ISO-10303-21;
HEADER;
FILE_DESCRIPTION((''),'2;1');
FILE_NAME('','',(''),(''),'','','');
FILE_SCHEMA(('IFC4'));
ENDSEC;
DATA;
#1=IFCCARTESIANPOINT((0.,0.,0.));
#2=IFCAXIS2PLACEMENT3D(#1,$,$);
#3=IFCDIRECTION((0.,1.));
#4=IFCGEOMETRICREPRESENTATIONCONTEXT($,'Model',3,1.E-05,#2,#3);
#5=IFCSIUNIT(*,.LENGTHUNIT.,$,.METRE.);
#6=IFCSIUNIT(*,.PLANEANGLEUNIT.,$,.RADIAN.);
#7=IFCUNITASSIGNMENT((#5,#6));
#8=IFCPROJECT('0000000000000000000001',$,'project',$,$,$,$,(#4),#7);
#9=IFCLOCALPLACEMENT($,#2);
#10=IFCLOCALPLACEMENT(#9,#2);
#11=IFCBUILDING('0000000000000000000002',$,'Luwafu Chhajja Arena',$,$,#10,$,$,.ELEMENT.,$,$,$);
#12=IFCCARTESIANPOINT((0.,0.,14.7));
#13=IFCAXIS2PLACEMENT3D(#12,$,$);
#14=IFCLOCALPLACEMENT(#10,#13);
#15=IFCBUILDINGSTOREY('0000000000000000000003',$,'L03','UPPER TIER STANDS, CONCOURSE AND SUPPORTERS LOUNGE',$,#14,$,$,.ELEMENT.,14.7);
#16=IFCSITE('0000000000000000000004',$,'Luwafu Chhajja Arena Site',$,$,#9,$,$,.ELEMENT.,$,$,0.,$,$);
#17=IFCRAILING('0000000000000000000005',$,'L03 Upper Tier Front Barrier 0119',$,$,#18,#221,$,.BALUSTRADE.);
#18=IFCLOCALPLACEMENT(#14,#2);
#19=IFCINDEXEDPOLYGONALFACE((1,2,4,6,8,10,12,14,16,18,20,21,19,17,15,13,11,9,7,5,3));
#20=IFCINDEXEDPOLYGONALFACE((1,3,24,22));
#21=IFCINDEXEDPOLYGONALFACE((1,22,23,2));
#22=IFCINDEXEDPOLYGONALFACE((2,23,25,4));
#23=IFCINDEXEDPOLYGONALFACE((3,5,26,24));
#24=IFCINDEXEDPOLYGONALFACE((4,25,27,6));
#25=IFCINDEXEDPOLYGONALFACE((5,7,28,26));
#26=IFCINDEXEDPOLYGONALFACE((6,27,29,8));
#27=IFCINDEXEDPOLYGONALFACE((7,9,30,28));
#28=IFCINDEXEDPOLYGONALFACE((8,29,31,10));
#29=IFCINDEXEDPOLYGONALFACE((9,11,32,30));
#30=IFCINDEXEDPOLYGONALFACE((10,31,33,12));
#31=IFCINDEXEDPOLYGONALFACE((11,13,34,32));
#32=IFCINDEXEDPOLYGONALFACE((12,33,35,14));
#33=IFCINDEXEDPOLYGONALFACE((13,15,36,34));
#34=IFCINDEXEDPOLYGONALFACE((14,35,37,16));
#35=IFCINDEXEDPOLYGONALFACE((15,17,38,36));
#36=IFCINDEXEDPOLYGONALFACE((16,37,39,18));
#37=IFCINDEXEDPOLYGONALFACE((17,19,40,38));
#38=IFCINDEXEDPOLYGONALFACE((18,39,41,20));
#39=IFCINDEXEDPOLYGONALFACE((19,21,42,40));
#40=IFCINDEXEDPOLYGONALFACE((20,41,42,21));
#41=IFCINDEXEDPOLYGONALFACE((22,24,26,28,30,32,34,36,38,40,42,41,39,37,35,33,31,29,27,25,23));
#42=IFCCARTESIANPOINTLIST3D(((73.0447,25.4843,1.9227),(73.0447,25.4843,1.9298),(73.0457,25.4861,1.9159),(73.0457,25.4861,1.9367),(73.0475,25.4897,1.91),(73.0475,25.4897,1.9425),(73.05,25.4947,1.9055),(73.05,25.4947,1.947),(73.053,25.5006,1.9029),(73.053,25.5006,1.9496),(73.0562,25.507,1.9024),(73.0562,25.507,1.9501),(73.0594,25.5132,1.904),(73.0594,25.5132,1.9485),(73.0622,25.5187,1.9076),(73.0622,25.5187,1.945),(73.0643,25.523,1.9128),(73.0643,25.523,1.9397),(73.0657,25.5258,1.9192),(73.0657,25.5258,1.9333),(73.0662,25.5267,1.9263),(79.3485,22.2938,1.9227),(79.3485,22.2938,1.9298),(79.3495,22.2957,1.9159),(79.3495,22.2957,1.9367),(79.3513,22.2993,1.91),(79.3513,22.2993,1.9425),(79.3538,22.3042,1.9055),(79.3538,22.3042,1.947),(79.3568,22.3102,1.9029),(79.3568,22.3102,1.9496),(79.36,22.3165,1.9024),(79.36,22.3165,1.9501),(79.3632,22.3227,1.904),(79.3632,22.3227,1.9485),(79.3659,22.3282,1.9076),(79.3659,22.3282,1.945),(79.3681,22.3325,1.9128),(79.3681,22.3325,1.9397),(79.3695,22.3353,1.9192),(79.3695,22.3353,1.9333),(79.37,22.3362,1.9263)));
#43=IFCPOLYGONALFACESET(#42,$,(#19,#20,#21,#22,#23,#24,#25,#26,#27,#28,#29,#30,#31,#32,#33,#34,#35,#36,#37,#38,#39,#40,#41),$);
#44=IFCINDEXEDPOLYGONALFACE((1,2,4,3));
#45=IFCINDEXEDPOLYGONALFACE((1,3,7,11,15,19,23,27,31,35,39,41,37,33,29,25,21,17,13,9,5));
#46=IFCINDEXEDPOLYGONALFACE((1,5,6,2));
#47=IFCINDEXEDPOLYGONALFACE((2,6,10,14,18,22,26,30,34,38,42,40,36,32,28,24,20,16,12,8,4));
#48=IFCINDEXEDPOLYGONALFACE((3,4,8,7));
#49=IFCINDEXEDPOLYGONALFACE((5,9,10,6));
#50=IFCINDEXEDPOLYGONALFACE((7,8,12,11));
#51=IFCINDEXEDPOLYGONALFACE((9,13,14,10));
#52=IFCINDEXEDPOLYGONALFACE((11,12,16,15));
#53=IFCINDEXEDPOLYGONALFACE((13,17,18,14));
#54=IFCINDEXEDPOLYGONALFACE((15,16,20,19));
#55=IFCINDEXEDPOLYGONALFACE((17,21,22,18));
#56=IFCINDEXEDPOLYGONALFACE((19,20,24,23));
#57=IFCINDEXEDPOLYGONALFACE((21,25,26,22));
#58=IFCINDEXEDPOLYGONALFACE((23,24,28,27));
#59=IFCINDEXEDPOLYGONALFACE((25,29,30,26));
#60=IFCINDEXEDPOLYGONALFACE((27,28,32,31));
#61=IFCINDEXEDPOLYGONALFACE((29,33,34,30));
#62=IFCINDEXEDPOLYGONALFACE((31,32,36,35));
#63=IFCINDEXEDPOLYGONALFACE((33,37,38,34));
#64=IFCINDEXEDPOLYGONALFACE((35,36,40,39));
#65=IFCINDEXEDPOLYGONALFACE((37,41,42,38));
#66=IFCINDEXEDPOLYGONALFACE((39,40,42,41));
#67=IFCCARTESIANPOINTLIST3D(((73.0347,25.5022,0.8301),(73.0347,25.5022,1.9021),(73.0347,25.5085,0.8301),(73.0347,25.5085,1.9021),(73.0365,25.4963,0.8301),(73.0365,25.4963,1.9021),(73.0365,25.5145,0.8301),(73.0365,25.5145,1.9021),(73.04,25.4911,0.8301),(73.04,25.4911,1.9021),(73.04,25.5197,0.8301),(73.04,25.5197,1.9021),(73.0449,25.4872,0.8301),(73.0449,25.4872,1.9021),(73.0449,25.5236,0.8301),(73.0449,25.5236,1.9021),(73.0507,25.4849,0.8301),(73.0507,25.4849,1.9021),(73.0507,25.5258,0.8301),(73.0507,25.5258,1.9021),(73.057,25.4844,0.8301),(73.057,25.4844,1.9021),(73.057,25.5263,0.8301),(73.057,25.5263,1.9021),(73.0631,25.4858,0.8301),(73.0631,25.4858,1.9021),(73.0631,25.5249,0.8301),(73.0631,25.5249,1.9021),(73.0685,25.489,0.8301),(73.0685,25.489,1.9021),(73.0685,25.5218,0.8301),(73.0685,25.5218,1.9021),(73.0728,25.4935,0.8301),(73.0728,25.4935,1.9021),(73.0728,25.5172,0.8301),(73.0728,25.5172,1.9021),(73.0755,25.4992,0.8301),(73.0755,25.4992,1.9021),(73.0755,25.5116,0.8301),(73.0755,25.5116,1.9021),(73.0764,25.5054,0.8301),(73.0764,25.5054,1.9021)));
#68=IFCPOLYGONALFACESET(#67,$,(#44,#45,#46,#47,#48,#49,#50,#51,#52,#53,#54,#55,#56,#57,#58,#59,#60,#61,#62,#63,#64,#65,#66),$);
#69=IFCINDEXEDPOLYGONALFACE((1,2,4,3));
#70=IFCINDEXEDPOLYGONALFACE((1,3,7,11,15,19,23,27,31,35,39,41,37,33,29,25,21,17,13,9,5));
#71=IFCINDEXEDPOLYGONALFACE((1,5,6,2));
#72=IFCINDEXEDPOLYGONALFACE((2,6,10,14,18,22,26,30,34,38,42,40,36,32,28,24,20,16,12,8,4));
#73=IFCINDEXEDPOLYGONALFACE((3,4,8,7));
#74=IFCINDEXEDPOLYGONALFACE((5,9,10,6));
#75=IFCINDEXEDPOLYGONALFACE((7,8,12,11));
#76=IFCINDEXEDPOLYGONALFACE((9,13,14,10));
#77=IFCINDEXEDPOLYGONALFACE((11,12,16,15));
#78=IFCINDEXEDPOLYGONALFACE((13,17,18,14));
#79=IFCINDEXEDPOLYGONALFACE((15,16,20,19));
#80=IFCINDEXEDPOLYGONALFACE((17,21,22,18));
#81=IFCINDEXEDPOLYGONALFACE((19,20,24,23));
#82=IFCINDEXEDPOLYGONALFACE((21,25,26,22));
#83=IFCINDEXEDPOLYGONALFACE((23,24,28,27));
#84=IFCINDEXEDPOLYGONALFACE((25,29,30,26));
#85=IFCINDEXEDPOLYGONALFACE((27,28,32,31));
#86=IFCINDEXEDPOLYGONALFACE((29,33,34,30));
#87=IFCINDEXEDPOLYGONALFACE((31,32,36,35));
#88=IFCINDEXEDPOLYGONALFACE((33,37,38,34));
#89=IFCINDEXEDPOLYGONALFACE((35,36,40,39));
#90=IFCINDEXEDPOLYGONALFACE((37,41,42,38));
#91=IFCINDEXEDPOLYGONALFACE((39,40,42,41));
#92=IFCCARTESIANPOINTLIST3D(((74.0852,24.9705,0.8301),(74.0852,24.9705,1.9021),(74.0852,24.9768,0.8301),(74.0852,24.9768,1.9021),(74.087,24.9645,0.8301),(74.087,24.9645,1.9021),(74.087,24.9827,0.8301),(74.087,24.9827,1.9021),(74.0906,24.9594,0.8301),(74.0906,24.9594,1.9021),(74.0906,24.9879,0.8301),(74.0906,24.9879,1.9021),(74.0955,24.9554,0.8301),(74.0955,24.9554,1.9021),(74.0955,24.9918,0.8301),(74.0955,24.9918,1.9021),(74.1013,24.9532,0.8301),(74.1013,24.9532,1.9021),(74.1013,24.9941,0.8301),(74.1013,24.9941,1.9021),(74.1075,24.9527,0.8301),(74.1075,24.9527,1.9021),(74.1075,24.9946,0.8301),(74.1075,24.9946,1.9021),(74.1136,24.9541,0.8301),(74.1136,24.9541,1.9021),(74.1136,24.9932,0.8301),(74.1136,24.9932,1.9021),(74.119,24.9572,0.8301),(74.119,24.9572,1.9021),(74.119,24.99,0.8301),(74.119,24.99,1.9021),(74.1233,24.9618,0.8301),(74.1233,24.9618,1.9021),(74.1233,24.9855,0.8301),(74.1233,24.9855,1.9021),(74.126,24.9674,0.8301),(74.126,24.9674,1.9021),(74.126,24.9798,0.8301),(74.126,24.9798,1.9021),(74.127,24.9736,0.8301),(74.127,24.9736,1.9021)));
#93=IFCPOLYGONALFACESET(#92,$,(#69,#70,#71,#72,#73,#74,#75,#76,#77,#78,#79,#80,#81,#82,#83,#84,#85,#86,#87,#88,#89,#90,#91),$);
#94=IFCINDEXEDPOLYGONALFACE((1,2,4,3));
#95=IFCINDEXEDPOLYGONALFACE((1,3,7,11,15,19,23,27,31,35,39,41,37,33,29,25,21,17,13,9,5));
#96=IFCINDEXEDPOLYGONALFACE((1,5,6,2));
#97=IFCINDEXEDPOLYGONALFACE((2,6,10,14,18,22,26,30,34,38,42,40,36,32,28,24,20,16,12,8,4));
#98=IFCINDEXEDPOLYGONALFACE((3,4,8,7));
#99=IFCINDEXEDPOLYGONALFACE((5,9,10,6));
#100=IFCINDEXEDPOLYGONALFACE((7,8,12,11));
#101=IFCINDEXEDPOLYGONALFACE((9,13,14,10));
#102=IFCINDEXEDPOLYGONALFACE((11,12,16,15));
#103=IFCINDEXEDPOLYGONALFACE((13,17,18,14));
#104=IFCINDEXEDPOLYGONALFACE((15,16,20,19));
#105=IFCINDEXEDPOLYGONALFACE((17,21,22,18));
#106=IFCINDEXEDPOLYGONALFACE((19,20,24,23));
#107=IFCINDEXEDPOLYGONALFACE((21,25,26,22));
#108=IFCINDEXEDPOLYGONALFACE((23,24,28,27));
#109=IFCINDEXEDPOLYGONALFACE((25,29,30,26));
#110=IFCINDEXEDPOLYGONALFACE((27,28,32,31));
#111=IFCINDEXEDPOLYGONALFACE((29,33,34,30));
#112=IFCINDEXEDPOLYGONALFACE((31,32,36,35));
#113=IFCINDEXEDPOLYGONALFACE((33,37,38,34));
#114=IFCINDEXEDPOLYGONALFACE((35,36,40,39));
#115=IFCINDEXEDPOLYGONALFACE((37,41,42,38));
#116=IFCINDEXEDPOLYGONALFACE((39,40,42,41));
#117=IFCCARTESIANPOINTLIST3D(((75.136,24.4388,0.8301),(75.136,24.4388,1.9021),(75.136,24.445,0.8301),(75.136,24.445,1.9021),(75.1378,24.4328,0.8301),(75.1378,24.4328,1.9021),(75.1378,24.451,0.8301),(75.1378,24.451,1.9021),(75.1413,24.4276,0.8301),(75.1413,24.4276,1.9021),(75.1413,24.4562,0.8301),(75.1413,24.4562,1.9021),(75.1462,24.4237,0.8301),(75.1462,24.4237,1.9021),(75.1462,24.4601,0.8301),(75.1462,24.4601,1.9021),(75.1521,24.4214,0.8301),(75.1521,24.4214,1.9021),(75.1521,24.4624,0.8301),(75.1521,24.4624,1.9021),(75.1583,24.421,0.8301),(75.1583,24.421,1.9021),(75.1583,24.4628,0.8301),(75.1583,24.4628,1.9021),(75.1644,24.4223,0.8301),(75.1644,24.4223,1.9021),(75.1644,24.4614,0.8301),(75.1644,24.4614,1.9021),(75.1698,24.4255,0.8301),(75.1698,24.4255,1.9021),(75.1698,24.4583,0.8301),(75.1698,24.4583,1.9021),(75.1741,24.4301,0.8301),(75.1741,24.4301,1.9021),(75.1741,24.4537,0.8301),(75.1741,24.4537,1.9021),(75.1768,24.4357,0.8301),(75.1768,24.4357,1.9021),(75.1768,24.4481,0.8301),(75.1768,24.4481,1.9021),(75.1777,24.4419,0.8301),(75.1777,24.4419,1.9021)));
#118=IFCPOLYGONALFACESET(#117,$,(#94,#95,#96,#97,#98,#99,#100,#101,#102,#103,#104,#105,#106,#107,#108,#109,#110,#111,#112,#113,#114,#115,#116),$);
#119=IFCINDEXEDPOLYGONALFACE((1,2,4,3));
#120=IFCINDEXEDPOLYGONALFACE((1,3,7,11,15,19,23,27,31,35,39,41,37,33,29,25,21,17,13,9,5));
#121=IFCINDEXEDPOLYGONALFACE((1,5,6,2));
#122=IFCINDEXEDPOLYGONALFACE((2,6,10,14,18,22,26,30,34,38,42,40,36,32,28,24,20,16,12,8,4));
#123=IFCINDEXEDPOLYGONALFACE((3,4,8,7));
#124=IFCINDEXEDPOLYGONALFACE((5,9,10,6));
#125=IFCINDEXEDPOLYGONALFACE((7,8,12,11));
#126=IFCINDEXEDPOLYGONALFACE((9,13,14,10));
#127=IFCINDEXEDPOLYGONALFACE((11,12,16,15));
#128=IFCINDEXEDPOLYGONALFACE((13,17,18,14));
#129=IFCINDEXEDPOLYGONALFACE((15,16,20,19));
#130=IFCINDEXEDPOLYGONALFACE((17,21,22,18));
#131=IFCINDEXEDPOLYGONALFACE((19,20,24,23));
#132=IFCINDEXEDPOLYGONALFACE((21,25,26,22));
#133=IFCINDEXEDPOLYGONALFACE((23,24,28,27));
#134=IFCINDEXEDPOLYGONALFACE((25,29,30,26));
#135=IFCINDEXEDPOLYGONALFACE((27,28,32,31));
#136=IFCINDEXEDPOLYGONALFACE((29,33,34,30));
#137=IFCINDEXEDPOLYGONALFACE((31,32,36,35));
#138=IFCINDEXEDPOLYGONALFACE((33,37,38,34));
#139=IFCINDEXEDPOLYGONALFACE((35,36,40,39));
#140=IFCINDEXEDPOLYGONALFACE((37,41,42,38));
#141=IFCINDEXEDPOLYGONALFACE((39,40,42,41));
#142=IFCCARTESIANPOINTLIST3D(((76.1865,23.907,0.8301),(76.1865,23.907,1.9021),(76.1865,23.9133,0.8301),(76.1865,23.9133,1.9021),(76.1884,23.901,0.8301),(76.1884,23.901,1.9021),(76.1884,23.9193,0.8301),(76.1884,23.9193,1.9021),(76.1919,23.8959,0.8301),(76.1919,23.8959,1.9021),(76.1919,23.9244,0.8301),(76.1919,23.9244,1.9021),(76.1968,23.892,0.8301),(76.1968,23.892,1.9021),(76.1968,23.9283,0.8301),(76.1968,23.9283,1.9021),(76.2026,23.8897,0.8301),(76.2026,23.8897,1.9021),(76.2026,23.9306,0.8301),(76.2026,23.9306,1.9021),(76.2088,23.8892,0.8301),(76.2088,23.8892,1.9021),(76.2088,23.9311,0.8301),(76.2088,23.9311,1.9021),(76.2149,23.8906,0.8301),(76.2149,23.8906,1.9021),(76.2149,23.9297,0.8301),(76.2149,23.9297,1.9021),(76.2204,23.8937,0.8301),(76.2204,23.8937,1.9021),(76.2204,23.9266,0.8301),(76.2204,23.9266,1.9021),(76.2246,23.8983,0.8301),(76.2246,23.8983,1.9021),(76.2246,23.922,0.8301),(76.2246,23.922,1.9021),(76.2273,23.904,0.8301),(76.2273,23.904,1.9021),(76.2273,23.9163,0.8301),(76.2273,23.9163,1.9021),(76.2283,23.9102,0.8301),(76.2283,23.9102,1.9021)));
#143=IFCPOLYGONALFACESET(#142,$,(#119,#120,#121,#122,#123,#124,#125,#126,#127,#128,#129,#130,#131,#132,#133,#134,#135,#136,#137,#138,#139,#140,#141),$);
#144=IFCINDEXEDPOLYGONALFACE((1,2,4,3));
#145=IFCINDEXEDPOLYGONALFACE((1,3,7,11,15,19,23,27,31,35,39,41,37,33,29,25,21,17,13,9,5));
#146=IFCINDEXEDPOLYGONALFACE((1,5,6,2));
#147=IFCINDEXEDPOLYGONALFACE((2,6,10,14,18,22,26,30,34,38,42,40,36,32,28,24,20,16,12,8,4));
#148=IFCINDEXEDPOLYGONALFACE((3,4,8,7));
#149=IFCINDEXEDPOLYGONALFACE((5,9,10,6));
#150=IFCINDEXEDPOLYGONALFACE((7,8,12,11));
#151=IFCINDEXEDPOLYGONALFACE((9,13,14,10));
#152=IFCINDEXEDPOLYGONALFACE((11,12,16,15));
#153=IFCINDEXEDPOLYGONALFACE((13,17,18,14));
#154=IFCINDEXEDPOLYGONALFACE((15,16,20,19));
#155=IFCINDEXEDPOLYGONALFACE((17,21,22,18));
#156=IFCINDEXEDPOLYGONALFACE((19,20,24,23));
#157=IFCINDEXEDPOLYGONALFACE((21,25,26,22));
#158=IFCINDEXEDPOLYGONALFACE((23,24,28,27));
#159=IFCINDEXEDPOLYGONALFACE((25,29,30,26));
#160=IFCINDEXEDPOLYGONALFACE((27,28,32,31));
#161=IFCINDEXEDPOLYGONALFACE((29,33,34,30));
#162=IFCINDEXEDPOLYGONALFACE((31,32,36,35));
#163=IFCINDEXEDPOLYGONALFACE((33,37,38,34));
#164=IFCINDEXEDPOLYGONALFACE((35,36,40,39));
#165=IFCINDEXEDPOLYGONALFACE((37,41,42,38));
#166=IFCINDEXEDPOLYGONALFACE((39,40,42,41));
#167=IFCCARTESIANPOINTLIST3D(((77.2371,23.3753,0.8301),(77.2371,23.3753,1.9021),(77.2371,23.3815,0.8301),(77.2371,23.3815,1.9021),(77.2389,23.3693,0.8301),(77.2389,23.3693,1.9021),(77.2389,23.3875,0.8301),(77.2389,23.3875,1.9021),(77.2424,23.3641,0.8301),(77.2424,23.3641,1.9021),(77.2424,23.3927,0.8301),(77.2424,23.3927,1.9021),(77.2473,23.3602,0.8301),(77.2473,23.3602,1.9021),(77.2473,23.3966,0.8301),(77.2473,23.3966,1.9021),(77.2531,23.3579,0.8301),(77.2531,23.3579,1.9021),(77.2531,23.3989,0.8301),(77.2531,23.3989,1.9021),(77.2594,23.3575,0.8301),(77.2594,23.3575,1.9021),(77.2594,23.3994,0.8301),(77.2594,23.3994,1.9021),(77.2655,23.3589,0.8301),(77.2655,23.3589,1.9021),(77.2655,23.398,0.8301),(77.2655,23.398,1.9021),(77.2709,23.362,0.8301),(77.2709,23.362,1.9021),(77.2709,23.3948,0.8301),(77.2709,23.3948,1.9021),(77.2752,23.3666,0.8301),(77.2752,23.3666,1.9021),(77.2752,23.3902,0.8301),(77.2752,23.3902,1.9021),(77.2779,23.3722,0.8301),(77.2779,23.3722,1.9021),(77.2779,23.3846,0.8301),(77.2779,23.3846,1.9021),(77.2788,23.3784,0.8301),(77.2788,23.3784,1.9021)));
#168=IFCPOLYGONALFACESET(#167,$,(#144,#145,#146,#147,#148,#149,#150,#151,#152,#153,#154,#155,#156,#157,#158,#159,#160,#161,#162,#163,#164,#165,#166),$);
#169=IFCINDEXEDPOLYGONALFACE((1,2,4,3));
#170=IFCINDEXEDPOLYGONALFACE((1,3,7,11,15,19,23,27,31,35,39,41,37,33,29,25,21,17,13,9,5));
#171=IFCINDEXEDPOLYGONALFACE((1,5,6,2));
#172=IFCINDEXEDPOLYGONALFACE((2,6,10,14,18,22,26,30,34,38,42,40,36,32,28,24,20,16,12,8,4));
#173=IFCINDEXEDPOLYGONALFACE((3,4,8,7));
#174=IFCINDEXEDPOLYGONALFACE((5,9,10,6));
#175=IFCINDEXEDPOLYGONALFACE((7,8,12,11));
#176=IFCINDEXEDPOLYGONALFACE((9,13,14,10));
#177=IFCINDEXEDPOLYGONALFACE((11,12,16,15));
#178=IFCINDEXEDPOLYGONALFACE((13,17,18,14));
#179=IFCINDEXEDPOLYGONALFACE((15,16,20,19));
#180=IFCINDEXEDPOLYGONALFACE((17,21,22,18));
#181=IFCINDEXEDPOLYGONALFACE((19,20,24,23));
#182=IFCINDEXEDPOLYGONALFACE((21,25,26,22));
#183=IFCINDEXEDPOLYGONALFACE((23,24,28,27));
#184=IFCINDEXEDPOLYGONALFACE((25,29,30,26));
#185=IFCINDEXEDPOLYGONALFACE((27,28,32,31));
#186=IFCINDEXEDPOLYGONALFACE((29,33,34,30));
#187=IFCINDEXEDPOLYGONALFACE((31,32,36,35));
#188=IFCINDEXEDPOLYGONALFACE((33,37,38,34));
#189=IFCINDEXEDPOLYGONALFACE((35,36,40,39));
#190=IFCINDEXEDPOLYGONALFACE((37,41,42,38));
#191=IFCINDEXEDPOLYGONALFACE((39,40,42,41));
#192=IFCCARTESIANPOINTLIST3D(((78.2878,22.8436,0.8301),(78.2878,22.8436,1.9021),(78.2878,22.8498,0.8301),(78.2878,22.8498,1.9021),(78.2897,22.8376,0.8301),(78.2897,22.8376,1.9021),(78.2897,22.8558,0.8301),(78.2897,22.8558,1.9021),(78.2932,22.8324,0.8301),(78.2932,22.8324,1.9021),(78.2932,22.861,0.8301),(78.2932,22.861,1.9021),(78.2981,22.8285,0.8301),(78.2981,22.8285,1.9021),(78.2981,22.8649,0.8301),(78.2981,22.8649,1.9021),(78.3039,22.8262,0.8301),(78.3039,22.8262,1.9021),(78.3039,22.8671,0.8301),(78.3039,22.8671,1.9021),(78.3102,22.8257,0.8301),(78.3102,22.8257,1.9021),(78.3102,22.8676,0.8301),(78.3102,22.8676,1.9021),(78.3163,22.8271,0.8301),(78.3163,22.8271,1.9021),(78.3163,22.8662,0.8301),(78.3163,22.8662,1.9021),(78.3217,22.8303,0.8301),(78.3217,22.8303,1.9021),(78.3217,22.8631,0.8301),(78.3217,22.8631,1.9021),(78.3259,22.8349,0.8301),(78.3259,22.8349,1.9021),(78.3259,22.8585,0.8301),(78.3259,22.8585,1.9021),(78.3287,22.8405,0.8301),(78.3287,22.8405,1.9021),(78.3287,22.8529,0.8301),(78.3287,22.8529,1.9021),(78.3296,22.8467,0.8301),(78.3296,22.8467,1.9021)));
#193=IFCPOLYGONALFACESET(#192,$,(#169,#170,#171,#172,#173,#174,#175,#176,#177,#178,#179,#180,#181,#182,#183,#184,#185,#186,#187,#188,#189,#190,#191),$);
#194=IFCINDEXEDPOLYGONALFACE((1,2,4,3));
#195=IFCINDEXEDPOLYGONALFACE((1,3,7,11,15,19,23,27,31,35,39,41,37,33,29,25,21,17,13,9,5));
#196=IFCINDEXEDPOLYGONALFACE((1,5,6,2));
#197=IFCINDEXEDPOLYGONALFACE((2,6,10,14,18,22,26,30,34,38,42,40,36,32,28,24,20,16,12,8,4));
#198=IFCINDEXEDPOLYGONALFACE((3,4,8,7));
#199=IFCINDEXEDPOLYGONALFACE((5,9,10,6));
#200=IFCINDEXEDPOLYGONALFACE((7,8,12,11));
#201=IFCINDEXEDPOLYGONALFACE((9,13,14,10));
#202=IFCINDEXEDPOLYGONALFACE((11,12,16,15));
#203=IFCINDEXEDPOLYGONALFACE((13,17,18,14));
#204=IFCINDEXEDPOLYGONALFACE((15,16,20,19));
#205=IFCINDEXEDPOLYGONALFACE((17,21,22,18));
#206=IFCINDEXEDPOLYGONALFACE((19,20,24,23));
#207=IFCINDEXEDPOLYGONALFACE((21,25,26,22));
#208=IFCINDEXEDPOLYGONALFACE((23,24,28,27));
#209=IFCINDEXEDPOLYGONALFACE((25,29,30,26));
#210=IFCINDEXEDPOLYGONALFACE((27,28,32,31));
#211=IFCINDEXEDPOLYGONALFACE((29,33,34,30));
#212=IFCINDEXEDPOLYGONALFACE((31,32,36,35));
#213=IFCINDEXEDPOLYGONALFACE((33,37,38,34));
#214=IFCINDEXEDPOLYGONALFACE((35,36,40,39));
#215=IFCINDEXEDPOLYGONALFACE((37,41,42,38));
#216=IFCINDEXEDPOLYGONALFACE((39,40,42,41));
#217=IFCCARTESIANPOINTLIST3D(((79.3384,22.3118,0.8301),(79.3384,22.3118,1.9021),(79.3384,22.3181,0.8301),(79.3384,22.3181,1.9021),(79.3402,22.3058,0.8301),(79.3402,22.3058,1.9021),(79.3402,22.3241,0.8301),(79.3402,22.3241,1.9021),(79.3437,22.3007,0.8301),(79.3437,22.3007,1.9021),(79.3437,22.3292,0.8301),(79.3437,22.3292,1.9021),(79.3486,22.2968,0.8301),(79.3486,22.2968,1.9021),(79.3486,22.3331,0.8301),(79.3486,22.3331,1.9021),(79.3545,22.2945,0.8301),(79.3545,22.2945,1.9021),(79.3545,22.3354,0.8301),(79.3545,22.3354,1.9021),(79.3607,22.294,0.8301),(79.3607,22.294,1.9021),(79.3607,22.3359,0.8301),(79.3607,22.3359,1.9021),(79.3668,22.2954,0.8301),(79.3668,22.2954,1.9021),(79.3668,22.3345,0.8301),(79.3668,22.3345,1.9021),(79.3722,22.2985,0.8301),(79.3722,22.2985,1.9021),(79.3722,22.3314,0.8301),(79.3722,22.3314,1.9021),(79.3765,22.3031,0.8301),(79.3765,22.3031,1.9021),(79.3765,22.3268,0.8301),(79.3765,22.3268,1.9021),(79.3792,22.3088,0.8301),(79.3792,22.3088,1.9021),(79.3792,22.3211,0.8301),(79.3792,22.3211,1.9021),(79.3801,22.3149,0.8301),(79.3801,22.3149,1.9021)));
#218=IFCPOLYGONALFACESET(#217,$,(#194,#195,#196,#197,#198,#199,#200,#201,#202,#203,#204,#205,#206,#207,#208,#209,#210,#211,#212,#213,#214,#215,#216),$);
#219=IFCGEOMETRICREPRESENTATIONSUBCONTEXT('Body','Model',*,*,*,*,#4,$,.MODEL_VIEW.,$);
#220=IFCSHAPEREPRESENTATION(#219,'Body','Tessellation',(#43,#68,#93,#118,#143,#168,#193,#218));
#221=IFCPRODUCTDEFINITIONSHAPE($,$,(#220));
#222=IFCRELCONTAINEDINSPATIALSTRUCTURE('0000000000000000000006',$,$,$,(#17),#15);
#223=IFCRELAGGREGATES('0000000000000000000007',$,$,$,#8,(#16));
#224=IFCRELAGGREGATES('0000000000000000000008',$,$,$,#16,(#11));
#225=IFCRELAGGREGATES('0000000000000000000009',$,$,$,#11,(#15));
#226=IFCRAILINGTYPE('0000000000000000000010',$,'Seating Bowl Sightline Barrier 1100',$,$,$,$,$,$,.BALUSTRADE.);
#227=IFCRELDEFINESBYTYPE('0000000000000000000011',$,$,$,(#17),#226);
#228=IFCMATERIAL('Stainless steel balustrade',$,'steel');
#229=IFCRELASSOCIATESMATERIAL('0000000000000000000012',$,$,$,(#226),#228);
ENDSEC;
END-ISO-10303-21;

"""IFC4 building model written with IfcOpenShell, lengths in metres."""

from ifc_helpers import new_model, si_unit, direction, frame, origin, origin_2d, place, context, subcontext, project, spatial, circle, extrude, material, type_object, element, save


model = new_model("IFC4")

# Units and contexts
model_context = context("Model", 3, precision=1e-05, world=origin(), true_north=direction((0.0, 1.0)))
body_context = subcontext(model_context, "Body", "Model", "MODEL_VIEW")
ifc_project = project(units=[si_unit("LENGTHUNIT", "METRE"), si_unit("PLANEANGLEUNIT", "RADIAN")], contexts=[model_context])

# Site, building, storey
site_placement = place(None, origin())
site = spatial("IfcSite", under=ifc_project, at=site_placement, Name="Luwafu Chhajja Arena Site", CompositionType="ELEMENT", RefElevation=0.0)
building_placement = place(site_placement, origin())
building = spatial("IfcBuilding", under=site, at=building_placement, Name="Luwafu Chhajja Arena", CompositionType="ELEMENT")
storey_placement = place(building_placement, frame((0.0, 0.0, 14.7)))
storey = spatial("IfcBuildingStorey", under=building, at=storey_placement, Name="L03", Description="UPPER TIER STANDS, CONCOURSE AND SUPPORTERS LOUNGE", CompositionType="ELEMENT", Elevation=14.7)

# Railing
ifc_material_1 = material(Name="Stainless steel balustrade", Category="steel")
railing_type = type_object("IfcRailingType", Name="Seating Bowl Sightline Barrier 1100", PredefinedType="BALUSTRADE", material=ifc_material_1)
railing_1_placement = place(storey_placement, frame((73.0554, 25.5054, 0.8301)))
element("IfcRailing", 1, at=railing_1_placement, inside=storey, type_object=railing_type, Name="L03 Upper Tier Front Barrier 0119", PredefinedType="BALUSTRADE", context=body_context, shape_type="SweptSolid", body=[
    extrude(circle(Radius=0.0239, at=origin_2d()), frame((0.0, 0.0, 1.0962), z_axis=(0.892233, -0.451576, 0.0), x_axis=(0.451576, 0.892233, 0.0)), (0.0, 0.0, 1.0), 7.0652),
    extrude(circle(Radius=0.021, at=origin_2d()), origin(), (0.0, 0.0, 1.0), 1.072),
    extrude(circle(Radius=0.021, at=origin_2d()), frame((1.0505, -0.5317, 0.0)), (0.0, 0.0, 1.0), 1.072),
    extrude(circle(Radius=0.021, at=origin_2d()), frame((2.1013, -1.0635, 0.0)), (0.0, 0.0, 1.0), 1.072),
    extrude(circle(Radius=0.021, at=origin_2d()), frame((3.1519, -1.5952, 0.0)), (0.0, 0.0, 1.0), 1.072),
    extrude(circle(Radius=0.021, at=origin_2d()), frame((4.2024, -2.127, 0.0)), (0.0, 0.0, 1.0), 1.072),
    extrude(circle(Radius=0.021, at=origin_2d()), frame((5.2532, -2.6587, 0.0)), (0.0, 0.0, 1.0), 1.072),
    extrude(circle(Radius=0.021, at=origin_2d()), frame((6.3037, -3.1904, 0.0)), (0.0, 0.0, 1.0), 1.072),
])

save(model, "model.ifc")
